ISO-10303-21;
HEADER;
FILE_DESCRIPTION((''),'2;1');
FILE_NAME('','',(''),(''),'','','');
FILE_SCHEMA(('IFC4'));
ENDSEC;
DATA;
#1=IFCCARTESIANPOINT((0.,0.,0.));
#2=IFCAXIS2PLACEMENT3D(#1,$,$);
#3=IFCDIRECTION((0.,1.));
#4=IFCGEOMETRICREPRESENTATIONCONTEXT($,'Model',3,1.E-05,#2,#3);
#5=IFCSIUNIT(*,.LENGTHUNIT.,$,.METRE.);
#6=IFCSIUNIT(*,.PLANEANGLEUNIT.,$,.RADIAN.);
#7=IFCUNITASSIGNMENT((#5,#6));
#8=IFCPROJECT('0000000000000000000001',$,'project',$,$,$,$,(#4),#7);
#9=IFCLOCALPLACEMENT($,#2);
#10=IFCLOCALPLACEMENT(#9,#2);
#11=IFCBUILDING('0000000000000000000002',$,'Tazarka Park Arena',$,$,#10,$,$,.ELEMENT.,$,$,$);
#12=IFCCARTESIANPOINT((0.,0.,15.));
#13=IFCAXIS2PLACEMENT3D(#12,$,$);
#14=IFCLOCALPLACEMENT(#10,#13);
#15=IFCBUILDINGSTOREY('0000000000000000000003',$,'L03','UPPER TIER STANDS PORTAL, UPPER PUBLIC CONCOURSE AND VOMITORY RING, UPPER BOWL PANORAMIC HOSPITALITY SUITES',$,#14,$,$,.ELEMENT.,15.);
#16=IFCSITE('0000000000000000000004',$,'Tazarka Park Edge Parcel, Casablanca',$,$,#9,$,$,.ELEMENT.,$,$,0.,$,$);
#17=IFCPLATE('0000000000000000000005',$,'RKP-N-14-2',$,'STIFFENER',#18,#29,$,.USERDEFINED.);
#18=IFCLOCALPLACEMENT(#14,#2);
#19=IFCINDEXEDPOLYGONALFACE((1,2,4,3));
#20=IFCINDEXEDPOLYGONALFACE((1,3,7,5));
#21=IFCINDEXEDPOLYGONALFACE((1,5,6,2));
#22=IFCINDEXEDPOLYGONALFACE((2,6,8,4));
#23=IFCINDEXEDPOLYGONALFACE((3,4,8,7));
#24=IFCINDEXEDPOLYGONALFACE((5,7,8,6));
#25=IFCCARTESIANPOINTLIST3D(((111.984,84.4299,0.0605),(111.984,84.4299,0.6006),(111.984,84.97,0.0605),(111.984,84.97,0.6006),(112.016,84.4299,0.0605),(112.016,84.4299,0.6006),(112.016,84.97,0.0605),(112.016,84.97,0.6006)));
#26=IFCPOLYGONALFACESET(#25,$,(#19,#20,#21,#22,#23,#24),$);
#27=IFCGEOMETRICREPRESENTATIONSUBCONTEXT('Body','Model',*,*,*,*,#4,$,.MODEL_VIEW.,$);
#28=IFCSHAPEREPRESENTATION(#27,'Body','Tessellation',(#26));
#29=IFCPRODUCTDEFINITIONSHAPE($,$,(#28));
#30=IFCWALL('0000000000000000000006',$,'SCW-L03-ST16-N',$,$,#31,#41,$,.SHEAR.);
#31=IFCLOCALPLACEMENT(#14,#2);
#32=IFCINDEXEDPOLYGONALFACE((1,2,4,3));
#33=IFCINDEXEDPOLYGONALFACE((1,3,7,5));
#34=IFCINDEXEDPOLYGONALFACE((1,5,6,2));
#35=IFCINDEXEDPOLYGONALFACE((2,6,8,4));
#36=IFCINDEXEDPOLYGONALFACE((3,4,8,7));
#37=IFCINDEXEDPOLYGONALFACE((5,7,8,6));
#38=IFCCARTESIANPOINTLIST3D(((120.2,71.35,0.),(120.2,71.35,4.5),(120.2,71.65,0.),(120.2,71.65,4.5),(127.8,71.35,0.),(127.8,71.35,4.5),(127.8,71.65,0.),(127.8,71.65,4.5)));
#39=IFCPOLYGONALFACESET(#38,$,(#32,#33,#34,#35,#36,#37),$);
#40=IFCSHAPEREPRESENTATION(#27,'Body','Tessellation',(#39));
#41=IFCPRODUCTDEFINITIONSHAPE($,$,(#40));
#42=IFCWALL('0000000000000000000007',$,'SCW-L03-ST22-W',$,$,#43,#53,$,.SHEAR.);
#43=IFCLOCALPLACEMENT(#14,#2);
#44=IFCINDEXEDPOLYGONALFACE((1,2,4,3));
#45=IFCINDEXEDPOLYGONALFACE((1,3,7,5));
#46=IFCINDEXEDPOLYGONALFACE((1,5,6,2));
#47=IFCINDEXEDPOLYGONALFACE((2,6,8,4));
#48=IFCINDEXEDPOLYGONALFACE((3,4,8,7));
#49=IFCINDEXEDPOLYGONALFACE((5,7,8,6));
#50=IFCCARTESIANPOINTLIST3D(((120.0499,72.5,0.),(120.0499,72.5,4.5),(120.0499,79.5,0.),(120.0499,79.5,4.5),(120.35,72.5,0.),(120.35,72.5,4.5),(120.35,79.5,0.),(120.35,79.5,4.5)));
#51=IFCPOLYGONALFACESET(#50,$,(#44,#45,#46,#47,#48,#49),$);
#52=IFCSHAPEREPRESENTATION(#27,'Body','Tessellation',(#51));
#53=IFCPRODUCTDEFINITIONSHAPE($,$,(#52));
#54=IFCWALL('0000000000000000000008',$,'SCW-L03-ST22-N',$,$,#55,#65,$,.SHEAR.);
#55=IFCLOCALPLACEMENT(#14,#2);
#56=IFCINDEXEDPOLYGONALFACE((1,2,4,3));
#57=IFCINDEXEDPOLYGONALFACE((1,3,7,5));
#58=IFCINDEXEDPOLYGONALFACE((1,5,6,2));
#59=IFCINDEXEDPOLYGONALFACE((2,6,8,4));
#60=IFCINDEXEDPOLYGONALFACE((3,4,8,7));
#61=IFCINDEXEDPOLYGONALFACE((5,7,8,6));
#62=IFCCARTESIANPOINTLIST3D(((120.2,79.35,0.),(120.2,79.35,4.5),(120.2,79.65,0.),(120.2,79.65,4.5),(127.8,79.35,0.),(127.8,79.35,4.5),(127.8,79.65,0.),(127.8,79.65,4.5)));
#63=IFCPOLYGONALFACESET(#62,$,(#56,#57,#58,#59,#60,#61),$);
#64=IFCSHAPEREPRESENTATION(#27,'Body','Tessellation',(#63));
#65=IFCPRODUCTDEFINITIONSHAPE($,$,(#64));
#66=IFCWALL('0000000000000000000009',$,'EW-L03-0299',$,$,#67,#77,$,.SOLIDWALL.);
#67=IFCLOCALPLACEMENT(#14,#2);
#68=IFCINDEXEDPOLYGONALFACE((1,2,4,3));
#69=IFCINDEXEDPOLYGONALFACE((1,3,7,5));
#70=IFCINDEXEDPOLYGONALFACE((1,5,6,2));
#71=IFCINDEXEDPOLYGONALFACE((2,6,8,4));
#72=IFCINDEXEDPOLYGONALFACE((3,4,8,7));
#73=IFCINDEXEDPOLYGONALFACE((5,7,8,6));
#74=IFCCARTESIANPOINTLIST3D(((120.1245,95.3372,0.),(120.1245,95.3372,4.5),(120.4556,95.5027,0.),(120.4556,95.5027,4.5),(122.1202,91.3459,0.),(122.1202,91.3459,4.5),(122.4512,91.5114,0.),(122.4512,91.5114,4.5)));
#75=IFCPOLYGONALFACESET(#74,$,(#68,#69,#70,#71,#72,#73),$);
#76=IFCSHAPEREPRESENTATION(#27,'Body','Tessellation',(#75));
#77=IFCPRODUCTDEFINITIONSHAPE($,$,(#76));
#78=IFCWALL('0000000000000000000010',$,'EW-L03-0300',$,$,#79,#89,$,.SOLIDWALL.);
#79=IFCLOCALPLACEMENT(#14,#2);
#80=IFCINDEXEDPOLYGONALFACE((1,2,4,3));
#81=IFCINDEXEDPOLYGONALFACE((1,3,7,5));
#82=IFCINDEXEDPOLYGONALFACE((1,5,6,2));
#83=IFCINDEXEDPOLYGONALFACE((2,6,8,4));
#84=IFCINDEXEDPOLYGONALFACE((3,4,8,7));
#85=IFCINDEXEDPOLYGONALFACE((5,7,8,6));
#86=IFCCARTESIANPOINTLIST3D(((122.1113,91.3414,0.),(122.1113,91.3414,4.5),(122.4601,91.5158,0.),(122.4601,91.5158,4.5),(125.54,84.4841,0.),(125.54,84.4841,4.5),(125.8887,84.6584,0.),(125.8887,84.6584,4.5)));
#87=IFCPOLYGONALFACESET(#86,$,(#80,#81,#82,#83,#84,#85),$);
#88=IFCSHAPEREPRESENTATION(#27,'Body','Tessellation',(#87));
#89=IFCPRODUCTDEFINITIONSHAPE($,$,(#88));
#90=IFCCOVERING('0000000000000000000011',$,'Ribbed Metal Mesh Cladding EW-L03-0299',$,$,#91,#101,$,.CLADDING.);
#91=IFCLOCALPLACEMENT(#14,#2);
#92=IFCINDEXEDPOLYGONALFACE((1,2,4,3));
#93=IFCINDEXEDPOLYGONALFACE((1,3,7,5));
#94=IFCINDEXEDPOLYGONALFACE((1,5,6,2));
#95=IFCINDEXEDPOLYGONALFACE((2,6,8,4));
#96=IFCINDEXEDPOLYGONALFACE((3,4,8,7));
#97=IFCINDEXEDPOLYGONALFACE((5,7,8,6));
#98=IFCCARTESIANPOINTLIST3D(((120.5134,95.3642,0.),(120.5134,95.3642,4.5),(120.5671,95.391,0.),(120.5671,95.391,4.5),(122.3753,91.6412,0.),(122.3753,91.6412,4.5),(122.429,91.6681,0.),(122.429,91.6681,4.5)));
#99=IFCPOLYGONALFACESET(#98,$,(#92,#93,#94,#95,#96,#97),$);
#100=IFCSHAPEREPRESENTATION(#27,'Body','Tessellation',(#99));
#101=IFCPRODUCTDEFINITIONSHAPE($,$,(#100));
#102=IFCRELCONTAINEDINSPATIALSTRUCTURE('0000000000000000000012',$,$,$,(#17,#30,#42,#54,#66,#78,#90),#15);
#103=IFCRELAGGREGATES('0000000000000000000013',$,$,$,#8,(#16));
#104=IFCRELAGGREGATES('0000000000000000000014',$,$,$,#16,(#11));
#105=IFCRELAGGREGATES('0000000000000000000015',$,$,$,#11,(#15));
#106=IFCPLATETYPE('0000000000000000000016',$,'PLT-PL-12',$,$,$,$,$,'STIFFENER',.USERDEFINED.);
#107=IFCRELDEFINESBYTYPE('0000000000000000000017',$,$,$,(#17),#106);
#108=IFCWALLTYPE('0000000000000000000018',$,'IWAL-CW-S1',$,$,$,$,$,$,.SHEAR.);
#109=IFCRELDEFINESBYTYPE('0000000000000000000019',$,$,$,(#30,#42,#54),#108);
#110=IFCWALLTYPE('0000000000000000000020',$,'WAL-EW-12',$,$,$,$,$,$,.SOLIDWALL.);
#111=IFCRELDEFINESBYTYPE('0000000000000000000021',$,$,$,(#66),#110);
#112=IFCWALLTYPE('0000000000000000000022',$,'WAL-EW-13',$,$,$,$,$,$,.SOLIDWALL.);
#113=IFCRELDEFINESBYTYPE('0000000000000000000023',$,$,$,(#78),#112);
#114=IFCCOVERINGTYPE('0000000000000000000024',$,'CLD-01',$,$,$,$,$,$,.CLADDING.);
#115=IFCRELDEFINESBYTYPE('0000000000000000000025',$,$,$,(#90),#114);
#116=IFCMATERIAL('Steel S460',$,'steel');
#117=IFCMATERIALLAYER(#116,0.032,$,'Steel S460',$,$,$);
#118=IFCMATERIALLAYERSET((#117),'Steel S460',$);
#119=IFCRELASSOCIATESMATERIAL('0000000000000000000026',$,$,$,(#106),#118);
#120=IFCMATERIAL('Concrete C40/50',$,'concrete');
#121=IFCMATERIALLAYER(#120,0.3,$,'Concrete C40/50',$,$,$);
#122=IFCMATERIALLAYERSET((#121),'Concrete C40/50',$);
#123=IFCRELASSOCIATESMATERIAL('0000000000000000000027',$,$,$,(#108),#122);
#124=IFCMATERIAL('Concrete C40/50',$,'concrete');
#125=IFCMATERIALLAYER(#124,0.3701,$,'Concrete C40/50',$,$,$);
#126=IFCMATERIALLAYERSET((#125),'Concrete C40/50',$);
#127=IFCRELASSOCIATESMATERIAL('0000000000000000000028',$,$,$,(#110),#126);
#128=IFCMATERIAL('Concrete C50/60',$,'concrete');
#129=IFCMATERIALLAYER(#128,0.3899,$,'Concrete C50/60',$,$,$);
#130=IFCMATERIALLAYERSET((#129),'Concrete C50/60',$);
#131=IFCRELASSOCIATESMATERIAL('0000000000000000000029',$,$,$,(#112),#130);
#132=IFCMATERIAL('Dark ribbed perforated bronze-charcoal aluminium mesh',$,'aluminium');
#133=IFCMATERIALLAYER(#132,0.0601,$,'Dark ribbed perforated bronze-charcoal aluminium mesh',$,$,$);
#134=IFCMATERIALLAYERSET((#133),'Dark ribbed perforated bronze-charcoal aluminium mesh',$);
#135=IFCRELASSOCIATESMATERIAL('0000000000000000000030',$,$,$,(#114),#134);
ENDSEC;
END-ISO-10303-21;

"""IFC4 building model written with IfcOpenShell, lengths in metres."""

from ifc_helpers import new_model, si_unit, direction, frame, frame_2d, origin, origin_2d, place, context, subcontext, project, spatial, rectangle, extrude, material, layer, layer_set, type_object, element, save


model = new_model("IFC4")

# Units and contexts
model_context = context("Model", 3, precision=1e-05, world=origin(), true_north=direction((0.0, 1.0)))
body_context = subcontext(model_context, "Body", "Model", "MODEL_VIEW")
ifc_project = project(units=[si_unit("LENGTHUNIT", "METRE"), si_unit("PLANEANGLEUNIT", "RADIAN")], contexts=[model_context])

# Site, building, storey
site_placement = place(None, origin())
site = spatial("IfcSite", under=ifc_project, at=site_placement, Name="Tazarka Park Edge Parcel, Casablanca", CompositionType="ELEMENT", RefElevation=0.0)
building_placement = place(site_placement, origin())
building = spatial("IfcBuilding", under=site, at=building_placement, Name="Tazarka Park Arena", CompositionType="ELEMENT")
storey_placement = place(building_placement, frame((0.0, 0.0, 15.0)))
storey = spatial("IfcBuildingStorey", under=building, at=storey_placement, Name="L03", Description="UPPER TIER STANDS PORTAL, UPPER PUBLIC CONCOURSE AND VOMITORY RING, UPPER BOWL PANORAMIC HOSPITALITY SUITES", CompositionType="ELEMENT", Elevation=15.0)

# Plate
ifc_material_1 = material(Name="Steel S460", Category="steel")
ifc_layer_1 = layer(ifc_material_1, 0.032, Name="Steel S460")
ifc_layer_set_1 = layer_set([ifc_layer_1], Name="Steel S460")
plate_type = type_object("IfcPlateType", Name="PLT-PL-12", ElementType="STIFFENER", PredefinedType="USERDEFINED", material=ifc_layer_set_1)
plate_placement = place(storey_placement, frame((112.0, 84.7, 0.0605), z_axis=(0.0, 0.0, 1.0), x_axis=(1.0, 0.0, 0.0)))
element("IfcPlate", 1, at=plate_placement, inside=storey, type_object=plate_type, Name="RKP-N-14-2", ObjectType="STIFFENER", PredefinedType="USERDEFINED", context=body_context, shape_type="SweptSolid", body=[
    extrude(rectangle(XDim=0.032, YDim=0.54, at=origin_2d()), origin(), (0.0, 0.0, 1.0), 0.54),
])

# Walls
ifc_material_2 = material(Name="Concrete C40/50", Category="concrete")
ifc_layer_2 = layer(ifc_material_2, 0.3, Name="Concrete C40/50")
ifc_layer_set_2 = layer_set([ifc_layer_2], Name="Concrete C40/50")
wall_type_1 = type_object("IfcWallType", Name="IWAL-CW-S1", PredefinedType="SHEAR", material=ifc_layer_set_2)
wall_1_placement = place(storey_placement, frame((120.2, 71.5, 0.0), z_axis=(0.0, 0.0, 1.0), x_axis=(1.0, 0.0, 0.0)))
element("IfcWall", 2, at=wall_1_placement, inside=storey, type_object=wall_type_1, Name="SCW-L03-ST16-N", PredefinedType="SHEAR", context=body_context, shape_type="SweptSolid", body=[
    extrude(rectangle(XDim=7.6001, YDim=0.3, at=frame_2d((3.8, 0.0))), origin(), (0.0, 0.0, 1.0), 4.5),
])
wall_2_placement = place(storey_placement, frame((120.2, 72.5, 0.0), z_axis=(0.0, 0.0, 1.0), x_axis=(0.0, 1.0, 0.0)))
element("IfcWall", 3, at=wall_2_placement, inside=storey, type_object=wall_type_1, Name="SCW-L03-ST22-W", PredefinedType="SHEAR", context=body_context, shape_type="SweptSolid", body=[
    extrude(rectangle(XDim=7.0, YDim=0.3, at=frame_2d((3.5, 0.0))), origin(), (0.0, 0.0, 1.0), 4.5),
])
wall_3_placement = place(storey_placement, frame((120.2, 79.5, 0.0), z_axis=(0.0, 0.0, 1.0), x_axis=(1.0, 0.0, 0.0)))
element("IfcWall", 4, at=wall_3_placement, inside=storey, type_object=wall_type_1, Name="SCW-L03-ST22-N", PredefinedType="SHEAR", context=body_context, shape_type="SweptSolid", body=[
    extrude(rectangle(XDim=7.6001, YDim=0.3, at=frame_2d((3.8, 0.0))), origin(), (0.0, 0.0, 1.0), 4.5),
])
ifc_material_3 = material(Name="Concrete C40/50", Category="concrete")
ifc_layer_3 = layer(ifc_material_3, 0.3701, Name="Concrete C40/50")
ifc_layer_set_3 = layer_set([ifc_layer_3], Name="Concrete C40/50")
wall_type_2 = type_object("IfcWallType", Name="WAL-EW-12", PredefinedType="SOLIDWALL", material=ifc_layer_set_3)
wall_4_placement = place(storey_placement, frame((120.29, 95.4199, 0.0), z_axis=(0.0, 0.0, 1.0), x_axis=(0.447214, -0.894427, 0.0)))
element("IfcWall", 5, at=wall_4_placement, inside=storey, type_object=wall_type_2, Name="EW-L03-0299", PredefinedType="SOLIDWALL", context=body_context, shape_type="SweptSolid", body=[
    extrude(rectangle(XDim=4.4624, YDim=0.3701, at=frame_2d((2.2312, 0.0))), origin(), (0.0, 0.0, 1.0), 4.5),
])
ifc_material_4 = material(Name="Concrete C50/60", Category="concrete")
ifc_layer_4 = layer(ifc_material_4, 0.3899, Name="Concrete C50/60")
ifc_layer_set_4 = layer_set([ifc_layer_4], Name="Concrete C50/60")
wall_type_3 = type_object("IfcWallType", Name="WAL-EW-13", PredefinedType="SOLIDWALL", material=ifc_layer_set_4)
wall_5_placement = place(storey_placement, frame((122.2856, 91.4287, 0.0), z_axis=(0.0, 0.0, 1.0), x_axis=(0.447214, -0.894427, 0.0)))
element("IfcWall", 6, at=wall_5_placement, inside=storey, type_object=wall_type_3, Name="EW-L03-0300", PredefinedType="SOLIDWALL", context=body_context, shape_type="SweptSolid", body=[
    extrude(rectangle(XDim=7.6667, YDim=0.3899, at=frame_2d((3.8335, 0.0))), origin(), (0.0, 0.0, 1.0), 4.5),
])

# Covering
ifc_material_5 = material(Name="Dark ribbed perforated bronze-charcoal aluminium mesh", Category="aluminium")
ifc_layer_5 = layer(ifc_material_5, 0.0601, Name="Dark ribbed perforated bronze-charcoal aluminium mesh")
ifc_layer_set_5 = layer_set([ifc_layer_5], Name="Dark ribbed perforated bronze-charcoal aluminium mesh")
covering_type = type_object("IfcCoveringType", Name="CLD-01", PredefinedType="CLADDING", material=ifc_layer_set_5)
covering_placement = place(storey_placement, frame((121.4712, 93.5161, 0.0), z_axis=(0.0, 0.0, 1.0), x_axis=(0.447291, -0.894389, 0.0)))
element("IfcCovering", 7, at=covering_placement, inside=storey, type_object=covering_type, Name="Ribbed Metal Mesh Cladding EW-L03-0299", PredefinedType="CLADDING", context=body_context, shape_type="SweptSolid", body=[
    extrude(rectangle(XDim=4.1626, YDim=0.0601, at=origin_2d()), origin(), (0.0, 0.0, 1.0), 4.5),
])

save(model, "model.ifc")
